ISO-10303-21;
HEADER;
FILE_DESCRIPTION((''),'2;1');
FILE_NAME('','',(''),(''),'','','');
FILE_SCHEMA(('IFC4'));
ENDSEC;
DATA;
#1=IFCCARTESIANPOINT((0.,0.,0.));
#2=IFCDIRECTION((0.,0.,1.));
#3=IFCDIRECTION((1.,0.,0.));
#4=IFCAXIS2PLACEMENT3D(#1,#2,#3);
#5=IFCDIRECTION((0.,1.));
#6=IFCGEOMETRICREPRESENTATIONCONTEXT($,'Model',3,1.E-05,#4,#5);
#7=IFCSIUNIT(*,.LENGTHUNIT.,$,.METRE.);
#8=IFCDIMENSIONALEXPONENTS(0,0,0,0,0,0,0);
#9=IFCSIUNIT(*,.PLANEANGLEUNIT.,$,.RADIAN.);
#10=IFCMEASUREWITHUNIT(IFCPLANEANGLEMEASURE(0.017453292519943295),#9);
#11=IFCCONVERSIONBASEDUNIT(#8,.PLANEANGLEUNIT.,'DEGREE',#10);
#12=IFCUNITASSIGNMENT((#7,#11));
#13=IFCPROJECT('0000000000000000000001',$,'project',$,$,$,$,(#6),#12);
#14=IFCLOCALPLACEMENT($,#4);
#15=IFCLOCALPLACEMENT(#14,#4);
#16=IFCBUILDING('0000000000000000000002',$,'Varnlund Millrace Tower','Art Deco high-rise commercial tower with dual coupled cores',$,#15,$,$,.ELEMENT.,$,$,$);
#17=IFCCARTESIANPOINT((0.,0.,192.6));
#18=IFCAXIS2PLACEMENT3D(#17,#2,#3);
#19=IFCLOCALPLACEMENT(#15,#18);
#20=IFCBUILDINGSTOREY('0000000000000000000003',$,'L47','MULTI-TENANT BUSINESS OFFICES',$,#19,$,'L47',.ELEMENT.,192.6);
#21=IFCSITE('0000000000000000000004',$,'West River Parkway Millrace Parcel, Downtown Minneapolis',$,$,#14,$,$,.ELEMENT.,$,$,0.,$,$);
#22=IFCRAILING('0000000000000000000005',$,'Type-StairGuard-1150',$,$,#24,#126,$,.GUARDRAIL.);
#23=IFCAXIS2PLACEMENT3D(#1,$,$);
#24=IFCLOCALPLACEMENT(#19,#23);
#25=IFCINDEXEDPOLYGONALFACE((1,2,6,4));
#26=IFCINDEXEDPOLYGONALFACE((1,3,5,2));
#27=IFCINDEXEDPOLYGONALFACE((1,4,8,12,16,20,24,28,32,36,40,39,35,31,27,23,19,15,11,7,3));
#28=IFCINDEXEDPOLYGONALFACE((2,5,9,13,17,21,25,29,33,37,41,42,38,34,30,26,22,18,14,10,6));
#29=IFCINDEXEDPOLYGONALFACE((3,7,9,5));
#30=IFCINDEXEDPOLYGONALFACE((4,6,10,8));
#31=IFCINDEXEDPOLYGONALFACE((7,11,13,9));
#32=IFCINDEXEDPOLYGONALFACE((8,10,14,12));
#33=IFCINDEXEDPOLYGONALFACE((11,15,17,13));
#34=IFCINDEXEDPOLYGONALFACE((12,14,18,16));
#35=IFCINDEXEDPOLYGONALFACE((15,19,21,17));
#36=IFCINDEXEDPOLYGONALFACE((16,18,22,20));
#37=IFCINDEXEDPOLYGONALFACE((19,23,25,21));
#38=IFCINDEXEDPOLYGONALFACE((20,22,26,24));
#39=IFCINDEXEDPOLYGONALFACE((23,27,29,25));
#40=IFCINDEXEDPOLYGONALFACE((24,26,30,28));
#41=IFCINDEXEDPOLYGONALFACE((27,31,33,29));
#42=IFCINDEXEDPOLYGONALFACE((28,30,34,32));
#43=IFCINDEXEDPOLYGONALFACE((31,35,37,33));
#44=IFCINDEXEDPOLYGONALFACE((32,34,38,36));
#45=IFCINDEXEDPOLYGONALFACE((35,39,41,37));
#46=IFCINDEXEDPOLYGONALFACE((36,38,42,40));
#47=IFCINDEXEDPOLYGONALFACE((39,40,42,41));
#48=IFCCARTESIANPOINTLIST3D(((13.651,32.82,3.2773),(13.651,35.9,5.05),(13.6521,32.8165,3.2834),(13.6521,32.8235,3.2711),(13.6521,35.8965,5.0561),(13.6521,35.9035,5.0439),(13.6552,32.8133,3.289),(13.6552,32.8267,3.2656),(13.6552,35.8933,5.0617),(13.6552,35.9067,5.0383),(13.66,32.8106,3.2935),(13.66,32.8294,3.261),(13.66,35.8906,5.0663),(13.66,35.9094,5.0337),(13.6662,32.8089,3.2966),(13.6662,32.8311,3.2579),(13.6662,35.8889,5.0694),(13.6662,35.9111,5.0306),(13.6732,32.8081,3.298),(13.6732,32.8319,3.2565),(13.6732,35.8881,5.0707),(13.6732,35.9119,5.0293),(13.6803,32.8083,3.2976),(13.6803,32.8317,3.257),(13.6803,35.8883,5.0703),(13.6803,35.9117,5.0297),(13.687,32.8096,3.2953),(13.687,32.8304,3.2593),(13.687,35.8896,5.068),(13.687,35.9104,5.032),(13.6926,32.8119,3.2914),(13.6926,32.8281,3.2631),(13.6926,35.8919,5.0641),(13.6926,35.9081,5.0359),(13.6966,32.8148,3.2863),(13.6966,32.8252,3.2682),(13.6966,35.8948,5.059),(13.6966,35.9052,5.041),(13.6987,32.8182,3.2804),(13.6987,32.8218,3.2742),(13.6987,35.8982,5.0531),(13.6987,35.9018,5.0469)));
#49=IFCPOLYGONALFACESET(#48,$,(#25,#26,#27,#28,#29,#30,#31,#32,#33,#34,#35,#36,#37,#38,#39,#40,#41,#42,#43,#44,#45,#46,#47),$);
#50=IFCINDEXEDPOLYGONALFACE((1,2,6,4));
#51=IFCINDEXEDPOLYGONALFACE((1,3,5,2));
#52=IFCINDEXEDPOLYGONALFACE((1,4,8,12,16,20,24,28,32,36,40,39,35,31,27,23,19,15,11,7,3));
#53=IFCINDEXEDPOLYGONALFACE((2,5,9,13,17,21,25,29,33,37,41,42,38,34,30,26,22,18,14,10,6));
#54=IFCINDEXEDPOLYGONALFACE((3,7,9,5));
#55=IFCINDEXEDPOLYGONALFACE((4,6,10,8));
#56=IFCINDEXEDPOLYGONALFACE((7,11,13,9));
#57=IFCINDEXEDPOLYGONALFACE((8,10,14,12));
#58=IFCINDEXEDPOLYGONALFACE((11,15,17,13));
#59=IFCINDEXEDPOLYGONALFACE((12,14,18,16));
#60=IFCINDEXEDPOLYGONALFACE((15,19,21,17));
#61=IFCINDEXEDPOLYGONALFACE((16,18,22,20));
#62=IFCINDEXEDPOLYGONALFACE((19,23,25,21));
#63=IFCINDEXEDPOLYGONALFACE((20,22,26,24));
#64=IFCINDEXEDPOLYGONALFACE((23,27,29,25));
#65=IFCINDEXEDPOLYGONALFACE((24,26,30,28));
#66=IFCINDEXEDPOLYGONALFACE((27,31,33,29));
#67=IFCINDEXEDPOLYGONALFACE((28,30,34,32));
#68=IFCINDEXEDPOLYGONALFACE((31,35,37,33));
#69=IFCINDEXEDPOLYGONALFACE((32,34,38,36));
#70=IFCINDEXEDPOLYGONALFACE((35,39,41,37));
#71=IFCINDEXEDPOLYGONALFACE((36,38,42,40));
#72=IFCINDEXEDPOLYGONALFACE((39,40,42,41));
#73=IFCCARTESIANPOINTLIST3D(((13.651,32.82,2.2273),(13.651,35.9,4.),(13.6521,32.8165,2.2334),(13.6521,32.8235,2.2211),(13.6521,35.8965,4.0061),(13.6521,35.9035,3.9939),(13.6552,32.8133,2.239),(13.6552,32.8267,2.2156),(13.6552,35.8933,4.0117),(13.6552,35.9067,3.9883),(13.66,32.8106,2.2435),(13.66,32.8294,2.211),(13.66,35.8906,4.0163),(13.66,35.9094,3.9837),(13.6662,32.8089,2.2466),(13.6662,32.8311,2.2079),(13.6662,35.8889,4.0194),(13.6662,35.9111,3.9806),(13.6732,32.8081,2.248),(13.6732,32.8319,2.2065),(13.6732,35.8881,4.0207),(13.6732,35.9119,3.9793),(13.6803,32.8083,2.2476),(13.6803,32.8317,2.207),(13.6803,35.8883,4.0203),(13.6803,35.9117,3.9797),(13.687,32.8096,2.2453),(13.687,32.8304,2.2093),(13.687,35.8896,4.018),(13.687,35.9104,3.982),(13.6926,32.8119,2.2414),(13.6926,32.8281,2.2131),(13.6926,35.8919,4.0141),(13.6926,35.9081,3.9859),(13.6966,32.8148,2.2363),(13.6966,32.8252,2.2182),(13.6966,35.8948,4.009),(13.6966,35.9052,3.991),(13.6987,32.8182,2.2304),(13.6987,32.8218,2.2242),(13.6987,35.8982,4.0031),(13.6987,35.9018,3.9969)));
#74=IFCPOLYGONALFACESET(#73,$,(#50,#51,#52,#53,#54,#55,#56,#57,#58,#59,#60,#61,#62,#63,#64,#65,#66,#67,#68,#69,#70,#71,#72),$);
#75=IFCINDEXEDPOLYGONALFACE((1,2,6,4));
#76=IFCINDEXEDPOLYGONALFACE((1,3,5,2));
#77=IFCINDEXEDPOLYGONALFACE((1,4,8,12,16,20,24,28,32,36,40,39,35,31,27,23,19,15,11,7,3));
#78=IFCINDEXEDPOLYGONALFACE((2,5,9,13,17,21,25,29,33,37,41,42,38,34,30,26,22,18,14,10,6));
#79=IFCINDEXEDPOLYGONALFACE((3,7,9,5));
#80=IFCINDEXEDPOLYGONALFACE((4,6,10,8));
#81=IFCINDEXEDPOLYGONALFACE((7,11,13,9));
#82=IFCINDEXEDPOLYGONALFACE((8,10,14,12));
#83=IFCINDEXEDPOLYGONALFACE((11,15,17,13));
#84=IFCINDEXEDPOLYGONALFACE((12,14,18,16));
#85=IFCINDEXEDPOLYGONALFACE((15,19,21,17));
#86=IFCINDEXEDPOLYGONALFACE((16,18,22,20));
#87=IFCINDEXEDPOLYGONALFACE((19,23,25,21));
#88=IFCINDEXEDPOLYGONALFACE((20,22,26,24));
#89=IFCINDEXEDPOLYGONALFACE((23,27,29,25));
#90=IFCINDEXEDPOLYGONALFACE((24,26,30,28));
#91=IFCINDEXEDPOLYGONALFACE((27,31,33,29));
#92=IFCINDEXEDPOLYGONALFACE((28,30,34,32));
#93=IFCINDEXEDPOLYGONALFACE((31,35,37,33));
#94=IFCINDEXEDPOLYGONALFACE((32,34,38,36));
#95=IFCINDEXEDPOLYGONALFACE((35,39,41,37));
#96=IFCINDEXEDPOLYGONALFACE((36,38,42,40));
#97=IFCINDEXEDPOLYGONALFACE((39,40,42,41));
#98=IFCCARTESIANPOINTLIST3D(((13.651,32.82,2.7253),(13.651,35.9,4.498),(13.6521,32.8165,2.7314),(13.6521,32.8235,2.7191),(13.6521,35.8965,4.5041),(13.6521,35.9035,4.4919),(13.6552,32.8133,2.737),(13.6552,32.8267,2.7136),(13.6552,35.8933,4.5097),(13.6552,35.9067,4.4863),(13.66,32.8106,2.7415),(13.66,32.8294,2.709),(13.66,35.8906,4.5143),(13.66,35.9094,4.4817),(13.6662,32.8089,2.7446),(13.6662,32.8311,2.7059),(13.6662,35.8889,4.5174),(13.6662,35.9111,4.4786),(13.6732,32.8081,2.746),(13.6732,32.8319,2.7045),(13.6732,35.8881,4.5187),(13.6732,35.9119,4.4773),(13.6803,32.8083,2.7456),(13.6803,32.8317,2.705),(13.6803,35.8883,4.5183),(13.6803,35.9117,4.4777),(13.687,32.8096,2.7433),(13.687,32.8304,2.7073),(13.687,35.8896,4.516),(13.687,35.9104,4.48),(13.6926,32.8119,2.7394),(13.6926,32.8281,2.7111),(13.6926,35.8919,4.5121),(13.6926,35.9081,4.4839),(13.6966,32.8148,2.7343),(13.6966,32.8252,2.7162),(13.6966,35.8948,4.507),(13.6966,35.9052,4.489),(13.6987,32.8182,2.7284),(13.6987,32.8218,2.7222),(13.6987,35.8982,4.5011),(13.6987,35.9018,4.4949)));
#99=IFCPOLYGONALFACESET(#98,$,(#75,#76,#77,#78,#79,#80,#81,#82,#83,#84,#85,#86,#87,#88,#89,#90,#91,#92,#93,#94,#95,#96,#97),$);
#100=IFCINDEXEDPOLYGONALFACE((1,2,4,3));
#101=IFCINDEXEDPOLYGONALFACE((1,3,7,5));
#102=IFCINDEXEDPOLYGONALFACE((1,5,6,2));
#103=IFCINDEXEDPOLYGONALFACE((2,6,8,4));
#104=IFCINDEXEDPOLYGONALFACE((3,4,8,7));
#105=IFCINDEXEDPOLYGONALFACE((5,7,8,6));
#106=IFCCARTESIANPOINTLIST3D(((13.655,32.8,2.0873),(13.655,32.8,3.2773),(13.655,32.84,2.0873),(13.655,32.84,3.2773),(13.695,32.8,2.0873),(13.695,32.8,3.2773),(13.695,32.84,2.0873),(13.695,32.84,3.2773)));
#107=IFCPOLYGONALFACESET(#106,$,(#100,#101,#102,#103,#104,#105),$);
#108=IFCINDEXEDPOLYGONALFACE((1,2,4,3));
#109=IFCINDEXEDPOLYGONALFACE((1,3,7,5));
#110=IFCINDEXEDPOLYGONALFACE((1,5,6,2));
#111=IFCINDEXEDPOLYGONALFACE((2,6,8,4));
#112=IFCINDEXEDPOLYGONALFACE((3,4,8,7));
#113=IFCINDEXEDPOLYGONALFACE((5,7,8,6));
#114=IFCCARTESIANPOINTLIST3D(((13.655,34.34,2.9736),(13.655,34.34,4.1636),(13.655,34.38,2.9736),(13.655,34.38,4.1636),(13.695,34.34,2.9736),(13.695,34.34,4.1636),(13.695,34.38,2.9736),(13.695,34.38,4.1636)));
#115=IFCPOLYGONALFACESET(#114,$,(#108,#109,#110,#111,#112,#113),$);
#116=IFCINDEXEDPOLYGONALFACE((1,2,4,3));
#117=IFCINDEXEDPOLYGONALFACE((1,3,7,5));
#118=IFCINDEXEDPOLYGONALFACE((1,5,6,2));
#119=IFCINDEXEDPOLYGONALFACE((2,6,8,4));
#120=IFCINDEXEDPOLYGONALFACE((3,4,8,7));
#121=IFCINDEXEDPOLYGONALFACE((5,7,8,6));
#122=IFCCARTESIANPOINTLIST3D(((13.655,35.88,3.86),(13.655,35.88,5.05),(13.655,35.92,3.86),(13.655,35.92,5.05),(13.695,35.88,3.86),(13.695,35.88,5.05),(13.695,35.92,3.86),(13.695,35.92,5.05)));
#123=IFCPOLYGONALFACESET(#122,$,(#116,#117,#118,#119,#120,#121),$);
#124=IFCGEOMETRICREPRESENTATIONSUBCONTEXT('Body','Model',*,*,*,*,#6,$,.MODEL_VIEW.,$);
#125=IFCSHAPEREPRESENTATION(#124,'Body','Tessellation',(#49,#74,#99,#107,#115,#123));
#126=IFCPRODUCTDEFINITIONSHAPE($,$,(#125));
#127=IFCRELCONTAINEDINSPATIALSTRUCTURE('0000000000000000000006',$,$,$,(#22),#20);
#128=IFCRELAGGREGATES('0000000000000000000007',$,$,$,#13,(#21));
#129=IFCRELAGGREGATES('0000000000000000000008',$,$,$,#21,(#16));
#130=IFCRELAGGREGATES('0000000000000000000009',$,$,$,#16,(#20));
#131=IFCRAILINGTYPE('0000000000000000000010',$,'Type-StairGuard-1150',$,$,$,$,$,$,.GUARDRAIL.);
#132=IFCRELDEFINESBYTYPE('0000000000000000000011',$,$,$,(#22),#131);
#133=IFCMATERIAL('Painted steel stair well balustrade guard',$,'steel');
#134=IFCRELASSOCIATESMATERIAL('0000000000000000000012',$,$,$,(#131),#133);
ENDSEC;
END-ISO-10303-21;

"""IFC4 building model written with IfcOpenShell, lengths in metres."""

from ifc_helpers import new_model, entity, si_unit, converted_unit, direction, frame, origin_with_axes, origin_2d_with_axis, place, context, subcontext, project, spatial, rectangle, circle, extrude, material, type_object, element, save


model = new_model("IFC4")

# Units and contexts
model_context = context("Model", 3, precision=1e-05, world=origin_with_axes(), true_north=direction((0.0, 1.0)))
body_context = subcontext(model_context, "Body", "Model", "MODEL_VIEW")
ifc_project = project(units=[si_unit("LENGTHUNIT", "METRE"), converted_unit("PLANEANGLEUNIT", "DEGREE", entity("IfcPlaneAngleMeasure", 0.017453292519943295), si_unit("PLANEANGLEUNIT", "RADIAN"), dimensions=[0, 0, 0, 0, 0, 0, 0])], contexts=[model_context])

# Site, building, storey
site_placement = place(None, origin_with_axes())
site = spatial("IfcSite", under=ifc_project, at=site_placement, Name="West River Parkway Millrace Parcel, Downtown Minneapolis", CompositionType="ELEMENT", RefElevation=0.0)
building_placement = place(site_placement, origin_with_axes())
building = spatial("IfcBuilding", under=site, at=building_placement, Name="Varnlund Millrace Tower", Description="Art Deco high-rise commercial tower with dual coupled cores", CompositionType="ELEMENT")
storey_placement = place(building_placement, frame((0.0, 0.0, 192.6), z_axis=(0.0, 0.0, 1.0), x_axis=(1.0, 0.0, 0.0)))
storey = spatial("IfcBuildingStorey", under=building, at=storey_placement, Name="L47", Description="MULTI-TENANT BUSINESS OFFICES", LongName="L47", CompositionType="ELEMENT", Elevation=192.6)

# Railing
ifc_material_1 = material(Name="Painted steel stair well balustrade guard", Category="steel")
railing_type_1 = type_object("IfcRailingType", Name="Type-StairGuard-1150", PredefinedType="GUARDRAIL", material=ifc_material_1)
railing_1_placement = place(storey_placement, frame((0.0, 0.0, -192.6), z_axis=(0.0, 0.0, 1.0), x_axis=(1.0, 0.0, 0.0)))
element("IfcRailing", 1, at=railing_1_placement, inside=storey, type_object=railing_type_1, Name="Type-StairGuard-1150", PredefinedType="GUARDRAIL", context=body_context, shape_type="SweptSolid", body=[
    extrude(circle(Radius=0.024, at=origin_2d_with_axis()), frame((13.675, 32.82, 195.8773), z_axis=(0.0, 0.866696, 0.498836), x_axis=(-1.0, 0.0, 0.0)), (0.0, 0.0, 1.0), 3.5537),
    extrude(circle(Radius=0.024, at=origin_2d_with_axis()), frame((13.675, 32.82, 194.8273), z_axis=(0.0, 0.866696, 0.498836), x_axis=(-1.0, 0.0, 0.0)), (0.0, 0.0, 1.0), 3.5537),
    extrude(circle(Radius=0.024, at=origin_2d_with_axis()), frame((13.675, 32.82, 195.3253), z_axis=(0.0, 0.866696, 0.498836), x_axis=(-1.0, 0.0, 0.0)), (0.0, 0.0, 1.0), 3.5537),
    extrude(rectangle(XDim=0.04, YDim=0.04, at=origin_2d_with_axis()), frame((13.675, 32.82, 194.6873), z_axis=(0.0, 0.0, 1.0), x_axis=(1.0, 0.0, 0.0)), (0.0, 0.0, 1.0), 1.19),
    extrude(rectangle(XDim=0.04, YDim=0.04, at=origin_2d_with_axis()), frame((13.675, 34.36, 195.5736), z_axis=(0.0, 0.0, 1.0), x_axis=(1.0, 0.0, 0.0)), (0.0, 0.0, 1.0), 1.19),
    extrude(rectangle(XDim=0.04, YDim=0.04, at=origin_2d_with_axis()), frame((13.675, 35.9, 196.46), z_axis=(0.0, 0.0, 1.0), x_axis=(1.0, 0.0, 0.0)), (0.0, 0.0, 1.0), 1.19),
])

save(model, "model.ifc")
